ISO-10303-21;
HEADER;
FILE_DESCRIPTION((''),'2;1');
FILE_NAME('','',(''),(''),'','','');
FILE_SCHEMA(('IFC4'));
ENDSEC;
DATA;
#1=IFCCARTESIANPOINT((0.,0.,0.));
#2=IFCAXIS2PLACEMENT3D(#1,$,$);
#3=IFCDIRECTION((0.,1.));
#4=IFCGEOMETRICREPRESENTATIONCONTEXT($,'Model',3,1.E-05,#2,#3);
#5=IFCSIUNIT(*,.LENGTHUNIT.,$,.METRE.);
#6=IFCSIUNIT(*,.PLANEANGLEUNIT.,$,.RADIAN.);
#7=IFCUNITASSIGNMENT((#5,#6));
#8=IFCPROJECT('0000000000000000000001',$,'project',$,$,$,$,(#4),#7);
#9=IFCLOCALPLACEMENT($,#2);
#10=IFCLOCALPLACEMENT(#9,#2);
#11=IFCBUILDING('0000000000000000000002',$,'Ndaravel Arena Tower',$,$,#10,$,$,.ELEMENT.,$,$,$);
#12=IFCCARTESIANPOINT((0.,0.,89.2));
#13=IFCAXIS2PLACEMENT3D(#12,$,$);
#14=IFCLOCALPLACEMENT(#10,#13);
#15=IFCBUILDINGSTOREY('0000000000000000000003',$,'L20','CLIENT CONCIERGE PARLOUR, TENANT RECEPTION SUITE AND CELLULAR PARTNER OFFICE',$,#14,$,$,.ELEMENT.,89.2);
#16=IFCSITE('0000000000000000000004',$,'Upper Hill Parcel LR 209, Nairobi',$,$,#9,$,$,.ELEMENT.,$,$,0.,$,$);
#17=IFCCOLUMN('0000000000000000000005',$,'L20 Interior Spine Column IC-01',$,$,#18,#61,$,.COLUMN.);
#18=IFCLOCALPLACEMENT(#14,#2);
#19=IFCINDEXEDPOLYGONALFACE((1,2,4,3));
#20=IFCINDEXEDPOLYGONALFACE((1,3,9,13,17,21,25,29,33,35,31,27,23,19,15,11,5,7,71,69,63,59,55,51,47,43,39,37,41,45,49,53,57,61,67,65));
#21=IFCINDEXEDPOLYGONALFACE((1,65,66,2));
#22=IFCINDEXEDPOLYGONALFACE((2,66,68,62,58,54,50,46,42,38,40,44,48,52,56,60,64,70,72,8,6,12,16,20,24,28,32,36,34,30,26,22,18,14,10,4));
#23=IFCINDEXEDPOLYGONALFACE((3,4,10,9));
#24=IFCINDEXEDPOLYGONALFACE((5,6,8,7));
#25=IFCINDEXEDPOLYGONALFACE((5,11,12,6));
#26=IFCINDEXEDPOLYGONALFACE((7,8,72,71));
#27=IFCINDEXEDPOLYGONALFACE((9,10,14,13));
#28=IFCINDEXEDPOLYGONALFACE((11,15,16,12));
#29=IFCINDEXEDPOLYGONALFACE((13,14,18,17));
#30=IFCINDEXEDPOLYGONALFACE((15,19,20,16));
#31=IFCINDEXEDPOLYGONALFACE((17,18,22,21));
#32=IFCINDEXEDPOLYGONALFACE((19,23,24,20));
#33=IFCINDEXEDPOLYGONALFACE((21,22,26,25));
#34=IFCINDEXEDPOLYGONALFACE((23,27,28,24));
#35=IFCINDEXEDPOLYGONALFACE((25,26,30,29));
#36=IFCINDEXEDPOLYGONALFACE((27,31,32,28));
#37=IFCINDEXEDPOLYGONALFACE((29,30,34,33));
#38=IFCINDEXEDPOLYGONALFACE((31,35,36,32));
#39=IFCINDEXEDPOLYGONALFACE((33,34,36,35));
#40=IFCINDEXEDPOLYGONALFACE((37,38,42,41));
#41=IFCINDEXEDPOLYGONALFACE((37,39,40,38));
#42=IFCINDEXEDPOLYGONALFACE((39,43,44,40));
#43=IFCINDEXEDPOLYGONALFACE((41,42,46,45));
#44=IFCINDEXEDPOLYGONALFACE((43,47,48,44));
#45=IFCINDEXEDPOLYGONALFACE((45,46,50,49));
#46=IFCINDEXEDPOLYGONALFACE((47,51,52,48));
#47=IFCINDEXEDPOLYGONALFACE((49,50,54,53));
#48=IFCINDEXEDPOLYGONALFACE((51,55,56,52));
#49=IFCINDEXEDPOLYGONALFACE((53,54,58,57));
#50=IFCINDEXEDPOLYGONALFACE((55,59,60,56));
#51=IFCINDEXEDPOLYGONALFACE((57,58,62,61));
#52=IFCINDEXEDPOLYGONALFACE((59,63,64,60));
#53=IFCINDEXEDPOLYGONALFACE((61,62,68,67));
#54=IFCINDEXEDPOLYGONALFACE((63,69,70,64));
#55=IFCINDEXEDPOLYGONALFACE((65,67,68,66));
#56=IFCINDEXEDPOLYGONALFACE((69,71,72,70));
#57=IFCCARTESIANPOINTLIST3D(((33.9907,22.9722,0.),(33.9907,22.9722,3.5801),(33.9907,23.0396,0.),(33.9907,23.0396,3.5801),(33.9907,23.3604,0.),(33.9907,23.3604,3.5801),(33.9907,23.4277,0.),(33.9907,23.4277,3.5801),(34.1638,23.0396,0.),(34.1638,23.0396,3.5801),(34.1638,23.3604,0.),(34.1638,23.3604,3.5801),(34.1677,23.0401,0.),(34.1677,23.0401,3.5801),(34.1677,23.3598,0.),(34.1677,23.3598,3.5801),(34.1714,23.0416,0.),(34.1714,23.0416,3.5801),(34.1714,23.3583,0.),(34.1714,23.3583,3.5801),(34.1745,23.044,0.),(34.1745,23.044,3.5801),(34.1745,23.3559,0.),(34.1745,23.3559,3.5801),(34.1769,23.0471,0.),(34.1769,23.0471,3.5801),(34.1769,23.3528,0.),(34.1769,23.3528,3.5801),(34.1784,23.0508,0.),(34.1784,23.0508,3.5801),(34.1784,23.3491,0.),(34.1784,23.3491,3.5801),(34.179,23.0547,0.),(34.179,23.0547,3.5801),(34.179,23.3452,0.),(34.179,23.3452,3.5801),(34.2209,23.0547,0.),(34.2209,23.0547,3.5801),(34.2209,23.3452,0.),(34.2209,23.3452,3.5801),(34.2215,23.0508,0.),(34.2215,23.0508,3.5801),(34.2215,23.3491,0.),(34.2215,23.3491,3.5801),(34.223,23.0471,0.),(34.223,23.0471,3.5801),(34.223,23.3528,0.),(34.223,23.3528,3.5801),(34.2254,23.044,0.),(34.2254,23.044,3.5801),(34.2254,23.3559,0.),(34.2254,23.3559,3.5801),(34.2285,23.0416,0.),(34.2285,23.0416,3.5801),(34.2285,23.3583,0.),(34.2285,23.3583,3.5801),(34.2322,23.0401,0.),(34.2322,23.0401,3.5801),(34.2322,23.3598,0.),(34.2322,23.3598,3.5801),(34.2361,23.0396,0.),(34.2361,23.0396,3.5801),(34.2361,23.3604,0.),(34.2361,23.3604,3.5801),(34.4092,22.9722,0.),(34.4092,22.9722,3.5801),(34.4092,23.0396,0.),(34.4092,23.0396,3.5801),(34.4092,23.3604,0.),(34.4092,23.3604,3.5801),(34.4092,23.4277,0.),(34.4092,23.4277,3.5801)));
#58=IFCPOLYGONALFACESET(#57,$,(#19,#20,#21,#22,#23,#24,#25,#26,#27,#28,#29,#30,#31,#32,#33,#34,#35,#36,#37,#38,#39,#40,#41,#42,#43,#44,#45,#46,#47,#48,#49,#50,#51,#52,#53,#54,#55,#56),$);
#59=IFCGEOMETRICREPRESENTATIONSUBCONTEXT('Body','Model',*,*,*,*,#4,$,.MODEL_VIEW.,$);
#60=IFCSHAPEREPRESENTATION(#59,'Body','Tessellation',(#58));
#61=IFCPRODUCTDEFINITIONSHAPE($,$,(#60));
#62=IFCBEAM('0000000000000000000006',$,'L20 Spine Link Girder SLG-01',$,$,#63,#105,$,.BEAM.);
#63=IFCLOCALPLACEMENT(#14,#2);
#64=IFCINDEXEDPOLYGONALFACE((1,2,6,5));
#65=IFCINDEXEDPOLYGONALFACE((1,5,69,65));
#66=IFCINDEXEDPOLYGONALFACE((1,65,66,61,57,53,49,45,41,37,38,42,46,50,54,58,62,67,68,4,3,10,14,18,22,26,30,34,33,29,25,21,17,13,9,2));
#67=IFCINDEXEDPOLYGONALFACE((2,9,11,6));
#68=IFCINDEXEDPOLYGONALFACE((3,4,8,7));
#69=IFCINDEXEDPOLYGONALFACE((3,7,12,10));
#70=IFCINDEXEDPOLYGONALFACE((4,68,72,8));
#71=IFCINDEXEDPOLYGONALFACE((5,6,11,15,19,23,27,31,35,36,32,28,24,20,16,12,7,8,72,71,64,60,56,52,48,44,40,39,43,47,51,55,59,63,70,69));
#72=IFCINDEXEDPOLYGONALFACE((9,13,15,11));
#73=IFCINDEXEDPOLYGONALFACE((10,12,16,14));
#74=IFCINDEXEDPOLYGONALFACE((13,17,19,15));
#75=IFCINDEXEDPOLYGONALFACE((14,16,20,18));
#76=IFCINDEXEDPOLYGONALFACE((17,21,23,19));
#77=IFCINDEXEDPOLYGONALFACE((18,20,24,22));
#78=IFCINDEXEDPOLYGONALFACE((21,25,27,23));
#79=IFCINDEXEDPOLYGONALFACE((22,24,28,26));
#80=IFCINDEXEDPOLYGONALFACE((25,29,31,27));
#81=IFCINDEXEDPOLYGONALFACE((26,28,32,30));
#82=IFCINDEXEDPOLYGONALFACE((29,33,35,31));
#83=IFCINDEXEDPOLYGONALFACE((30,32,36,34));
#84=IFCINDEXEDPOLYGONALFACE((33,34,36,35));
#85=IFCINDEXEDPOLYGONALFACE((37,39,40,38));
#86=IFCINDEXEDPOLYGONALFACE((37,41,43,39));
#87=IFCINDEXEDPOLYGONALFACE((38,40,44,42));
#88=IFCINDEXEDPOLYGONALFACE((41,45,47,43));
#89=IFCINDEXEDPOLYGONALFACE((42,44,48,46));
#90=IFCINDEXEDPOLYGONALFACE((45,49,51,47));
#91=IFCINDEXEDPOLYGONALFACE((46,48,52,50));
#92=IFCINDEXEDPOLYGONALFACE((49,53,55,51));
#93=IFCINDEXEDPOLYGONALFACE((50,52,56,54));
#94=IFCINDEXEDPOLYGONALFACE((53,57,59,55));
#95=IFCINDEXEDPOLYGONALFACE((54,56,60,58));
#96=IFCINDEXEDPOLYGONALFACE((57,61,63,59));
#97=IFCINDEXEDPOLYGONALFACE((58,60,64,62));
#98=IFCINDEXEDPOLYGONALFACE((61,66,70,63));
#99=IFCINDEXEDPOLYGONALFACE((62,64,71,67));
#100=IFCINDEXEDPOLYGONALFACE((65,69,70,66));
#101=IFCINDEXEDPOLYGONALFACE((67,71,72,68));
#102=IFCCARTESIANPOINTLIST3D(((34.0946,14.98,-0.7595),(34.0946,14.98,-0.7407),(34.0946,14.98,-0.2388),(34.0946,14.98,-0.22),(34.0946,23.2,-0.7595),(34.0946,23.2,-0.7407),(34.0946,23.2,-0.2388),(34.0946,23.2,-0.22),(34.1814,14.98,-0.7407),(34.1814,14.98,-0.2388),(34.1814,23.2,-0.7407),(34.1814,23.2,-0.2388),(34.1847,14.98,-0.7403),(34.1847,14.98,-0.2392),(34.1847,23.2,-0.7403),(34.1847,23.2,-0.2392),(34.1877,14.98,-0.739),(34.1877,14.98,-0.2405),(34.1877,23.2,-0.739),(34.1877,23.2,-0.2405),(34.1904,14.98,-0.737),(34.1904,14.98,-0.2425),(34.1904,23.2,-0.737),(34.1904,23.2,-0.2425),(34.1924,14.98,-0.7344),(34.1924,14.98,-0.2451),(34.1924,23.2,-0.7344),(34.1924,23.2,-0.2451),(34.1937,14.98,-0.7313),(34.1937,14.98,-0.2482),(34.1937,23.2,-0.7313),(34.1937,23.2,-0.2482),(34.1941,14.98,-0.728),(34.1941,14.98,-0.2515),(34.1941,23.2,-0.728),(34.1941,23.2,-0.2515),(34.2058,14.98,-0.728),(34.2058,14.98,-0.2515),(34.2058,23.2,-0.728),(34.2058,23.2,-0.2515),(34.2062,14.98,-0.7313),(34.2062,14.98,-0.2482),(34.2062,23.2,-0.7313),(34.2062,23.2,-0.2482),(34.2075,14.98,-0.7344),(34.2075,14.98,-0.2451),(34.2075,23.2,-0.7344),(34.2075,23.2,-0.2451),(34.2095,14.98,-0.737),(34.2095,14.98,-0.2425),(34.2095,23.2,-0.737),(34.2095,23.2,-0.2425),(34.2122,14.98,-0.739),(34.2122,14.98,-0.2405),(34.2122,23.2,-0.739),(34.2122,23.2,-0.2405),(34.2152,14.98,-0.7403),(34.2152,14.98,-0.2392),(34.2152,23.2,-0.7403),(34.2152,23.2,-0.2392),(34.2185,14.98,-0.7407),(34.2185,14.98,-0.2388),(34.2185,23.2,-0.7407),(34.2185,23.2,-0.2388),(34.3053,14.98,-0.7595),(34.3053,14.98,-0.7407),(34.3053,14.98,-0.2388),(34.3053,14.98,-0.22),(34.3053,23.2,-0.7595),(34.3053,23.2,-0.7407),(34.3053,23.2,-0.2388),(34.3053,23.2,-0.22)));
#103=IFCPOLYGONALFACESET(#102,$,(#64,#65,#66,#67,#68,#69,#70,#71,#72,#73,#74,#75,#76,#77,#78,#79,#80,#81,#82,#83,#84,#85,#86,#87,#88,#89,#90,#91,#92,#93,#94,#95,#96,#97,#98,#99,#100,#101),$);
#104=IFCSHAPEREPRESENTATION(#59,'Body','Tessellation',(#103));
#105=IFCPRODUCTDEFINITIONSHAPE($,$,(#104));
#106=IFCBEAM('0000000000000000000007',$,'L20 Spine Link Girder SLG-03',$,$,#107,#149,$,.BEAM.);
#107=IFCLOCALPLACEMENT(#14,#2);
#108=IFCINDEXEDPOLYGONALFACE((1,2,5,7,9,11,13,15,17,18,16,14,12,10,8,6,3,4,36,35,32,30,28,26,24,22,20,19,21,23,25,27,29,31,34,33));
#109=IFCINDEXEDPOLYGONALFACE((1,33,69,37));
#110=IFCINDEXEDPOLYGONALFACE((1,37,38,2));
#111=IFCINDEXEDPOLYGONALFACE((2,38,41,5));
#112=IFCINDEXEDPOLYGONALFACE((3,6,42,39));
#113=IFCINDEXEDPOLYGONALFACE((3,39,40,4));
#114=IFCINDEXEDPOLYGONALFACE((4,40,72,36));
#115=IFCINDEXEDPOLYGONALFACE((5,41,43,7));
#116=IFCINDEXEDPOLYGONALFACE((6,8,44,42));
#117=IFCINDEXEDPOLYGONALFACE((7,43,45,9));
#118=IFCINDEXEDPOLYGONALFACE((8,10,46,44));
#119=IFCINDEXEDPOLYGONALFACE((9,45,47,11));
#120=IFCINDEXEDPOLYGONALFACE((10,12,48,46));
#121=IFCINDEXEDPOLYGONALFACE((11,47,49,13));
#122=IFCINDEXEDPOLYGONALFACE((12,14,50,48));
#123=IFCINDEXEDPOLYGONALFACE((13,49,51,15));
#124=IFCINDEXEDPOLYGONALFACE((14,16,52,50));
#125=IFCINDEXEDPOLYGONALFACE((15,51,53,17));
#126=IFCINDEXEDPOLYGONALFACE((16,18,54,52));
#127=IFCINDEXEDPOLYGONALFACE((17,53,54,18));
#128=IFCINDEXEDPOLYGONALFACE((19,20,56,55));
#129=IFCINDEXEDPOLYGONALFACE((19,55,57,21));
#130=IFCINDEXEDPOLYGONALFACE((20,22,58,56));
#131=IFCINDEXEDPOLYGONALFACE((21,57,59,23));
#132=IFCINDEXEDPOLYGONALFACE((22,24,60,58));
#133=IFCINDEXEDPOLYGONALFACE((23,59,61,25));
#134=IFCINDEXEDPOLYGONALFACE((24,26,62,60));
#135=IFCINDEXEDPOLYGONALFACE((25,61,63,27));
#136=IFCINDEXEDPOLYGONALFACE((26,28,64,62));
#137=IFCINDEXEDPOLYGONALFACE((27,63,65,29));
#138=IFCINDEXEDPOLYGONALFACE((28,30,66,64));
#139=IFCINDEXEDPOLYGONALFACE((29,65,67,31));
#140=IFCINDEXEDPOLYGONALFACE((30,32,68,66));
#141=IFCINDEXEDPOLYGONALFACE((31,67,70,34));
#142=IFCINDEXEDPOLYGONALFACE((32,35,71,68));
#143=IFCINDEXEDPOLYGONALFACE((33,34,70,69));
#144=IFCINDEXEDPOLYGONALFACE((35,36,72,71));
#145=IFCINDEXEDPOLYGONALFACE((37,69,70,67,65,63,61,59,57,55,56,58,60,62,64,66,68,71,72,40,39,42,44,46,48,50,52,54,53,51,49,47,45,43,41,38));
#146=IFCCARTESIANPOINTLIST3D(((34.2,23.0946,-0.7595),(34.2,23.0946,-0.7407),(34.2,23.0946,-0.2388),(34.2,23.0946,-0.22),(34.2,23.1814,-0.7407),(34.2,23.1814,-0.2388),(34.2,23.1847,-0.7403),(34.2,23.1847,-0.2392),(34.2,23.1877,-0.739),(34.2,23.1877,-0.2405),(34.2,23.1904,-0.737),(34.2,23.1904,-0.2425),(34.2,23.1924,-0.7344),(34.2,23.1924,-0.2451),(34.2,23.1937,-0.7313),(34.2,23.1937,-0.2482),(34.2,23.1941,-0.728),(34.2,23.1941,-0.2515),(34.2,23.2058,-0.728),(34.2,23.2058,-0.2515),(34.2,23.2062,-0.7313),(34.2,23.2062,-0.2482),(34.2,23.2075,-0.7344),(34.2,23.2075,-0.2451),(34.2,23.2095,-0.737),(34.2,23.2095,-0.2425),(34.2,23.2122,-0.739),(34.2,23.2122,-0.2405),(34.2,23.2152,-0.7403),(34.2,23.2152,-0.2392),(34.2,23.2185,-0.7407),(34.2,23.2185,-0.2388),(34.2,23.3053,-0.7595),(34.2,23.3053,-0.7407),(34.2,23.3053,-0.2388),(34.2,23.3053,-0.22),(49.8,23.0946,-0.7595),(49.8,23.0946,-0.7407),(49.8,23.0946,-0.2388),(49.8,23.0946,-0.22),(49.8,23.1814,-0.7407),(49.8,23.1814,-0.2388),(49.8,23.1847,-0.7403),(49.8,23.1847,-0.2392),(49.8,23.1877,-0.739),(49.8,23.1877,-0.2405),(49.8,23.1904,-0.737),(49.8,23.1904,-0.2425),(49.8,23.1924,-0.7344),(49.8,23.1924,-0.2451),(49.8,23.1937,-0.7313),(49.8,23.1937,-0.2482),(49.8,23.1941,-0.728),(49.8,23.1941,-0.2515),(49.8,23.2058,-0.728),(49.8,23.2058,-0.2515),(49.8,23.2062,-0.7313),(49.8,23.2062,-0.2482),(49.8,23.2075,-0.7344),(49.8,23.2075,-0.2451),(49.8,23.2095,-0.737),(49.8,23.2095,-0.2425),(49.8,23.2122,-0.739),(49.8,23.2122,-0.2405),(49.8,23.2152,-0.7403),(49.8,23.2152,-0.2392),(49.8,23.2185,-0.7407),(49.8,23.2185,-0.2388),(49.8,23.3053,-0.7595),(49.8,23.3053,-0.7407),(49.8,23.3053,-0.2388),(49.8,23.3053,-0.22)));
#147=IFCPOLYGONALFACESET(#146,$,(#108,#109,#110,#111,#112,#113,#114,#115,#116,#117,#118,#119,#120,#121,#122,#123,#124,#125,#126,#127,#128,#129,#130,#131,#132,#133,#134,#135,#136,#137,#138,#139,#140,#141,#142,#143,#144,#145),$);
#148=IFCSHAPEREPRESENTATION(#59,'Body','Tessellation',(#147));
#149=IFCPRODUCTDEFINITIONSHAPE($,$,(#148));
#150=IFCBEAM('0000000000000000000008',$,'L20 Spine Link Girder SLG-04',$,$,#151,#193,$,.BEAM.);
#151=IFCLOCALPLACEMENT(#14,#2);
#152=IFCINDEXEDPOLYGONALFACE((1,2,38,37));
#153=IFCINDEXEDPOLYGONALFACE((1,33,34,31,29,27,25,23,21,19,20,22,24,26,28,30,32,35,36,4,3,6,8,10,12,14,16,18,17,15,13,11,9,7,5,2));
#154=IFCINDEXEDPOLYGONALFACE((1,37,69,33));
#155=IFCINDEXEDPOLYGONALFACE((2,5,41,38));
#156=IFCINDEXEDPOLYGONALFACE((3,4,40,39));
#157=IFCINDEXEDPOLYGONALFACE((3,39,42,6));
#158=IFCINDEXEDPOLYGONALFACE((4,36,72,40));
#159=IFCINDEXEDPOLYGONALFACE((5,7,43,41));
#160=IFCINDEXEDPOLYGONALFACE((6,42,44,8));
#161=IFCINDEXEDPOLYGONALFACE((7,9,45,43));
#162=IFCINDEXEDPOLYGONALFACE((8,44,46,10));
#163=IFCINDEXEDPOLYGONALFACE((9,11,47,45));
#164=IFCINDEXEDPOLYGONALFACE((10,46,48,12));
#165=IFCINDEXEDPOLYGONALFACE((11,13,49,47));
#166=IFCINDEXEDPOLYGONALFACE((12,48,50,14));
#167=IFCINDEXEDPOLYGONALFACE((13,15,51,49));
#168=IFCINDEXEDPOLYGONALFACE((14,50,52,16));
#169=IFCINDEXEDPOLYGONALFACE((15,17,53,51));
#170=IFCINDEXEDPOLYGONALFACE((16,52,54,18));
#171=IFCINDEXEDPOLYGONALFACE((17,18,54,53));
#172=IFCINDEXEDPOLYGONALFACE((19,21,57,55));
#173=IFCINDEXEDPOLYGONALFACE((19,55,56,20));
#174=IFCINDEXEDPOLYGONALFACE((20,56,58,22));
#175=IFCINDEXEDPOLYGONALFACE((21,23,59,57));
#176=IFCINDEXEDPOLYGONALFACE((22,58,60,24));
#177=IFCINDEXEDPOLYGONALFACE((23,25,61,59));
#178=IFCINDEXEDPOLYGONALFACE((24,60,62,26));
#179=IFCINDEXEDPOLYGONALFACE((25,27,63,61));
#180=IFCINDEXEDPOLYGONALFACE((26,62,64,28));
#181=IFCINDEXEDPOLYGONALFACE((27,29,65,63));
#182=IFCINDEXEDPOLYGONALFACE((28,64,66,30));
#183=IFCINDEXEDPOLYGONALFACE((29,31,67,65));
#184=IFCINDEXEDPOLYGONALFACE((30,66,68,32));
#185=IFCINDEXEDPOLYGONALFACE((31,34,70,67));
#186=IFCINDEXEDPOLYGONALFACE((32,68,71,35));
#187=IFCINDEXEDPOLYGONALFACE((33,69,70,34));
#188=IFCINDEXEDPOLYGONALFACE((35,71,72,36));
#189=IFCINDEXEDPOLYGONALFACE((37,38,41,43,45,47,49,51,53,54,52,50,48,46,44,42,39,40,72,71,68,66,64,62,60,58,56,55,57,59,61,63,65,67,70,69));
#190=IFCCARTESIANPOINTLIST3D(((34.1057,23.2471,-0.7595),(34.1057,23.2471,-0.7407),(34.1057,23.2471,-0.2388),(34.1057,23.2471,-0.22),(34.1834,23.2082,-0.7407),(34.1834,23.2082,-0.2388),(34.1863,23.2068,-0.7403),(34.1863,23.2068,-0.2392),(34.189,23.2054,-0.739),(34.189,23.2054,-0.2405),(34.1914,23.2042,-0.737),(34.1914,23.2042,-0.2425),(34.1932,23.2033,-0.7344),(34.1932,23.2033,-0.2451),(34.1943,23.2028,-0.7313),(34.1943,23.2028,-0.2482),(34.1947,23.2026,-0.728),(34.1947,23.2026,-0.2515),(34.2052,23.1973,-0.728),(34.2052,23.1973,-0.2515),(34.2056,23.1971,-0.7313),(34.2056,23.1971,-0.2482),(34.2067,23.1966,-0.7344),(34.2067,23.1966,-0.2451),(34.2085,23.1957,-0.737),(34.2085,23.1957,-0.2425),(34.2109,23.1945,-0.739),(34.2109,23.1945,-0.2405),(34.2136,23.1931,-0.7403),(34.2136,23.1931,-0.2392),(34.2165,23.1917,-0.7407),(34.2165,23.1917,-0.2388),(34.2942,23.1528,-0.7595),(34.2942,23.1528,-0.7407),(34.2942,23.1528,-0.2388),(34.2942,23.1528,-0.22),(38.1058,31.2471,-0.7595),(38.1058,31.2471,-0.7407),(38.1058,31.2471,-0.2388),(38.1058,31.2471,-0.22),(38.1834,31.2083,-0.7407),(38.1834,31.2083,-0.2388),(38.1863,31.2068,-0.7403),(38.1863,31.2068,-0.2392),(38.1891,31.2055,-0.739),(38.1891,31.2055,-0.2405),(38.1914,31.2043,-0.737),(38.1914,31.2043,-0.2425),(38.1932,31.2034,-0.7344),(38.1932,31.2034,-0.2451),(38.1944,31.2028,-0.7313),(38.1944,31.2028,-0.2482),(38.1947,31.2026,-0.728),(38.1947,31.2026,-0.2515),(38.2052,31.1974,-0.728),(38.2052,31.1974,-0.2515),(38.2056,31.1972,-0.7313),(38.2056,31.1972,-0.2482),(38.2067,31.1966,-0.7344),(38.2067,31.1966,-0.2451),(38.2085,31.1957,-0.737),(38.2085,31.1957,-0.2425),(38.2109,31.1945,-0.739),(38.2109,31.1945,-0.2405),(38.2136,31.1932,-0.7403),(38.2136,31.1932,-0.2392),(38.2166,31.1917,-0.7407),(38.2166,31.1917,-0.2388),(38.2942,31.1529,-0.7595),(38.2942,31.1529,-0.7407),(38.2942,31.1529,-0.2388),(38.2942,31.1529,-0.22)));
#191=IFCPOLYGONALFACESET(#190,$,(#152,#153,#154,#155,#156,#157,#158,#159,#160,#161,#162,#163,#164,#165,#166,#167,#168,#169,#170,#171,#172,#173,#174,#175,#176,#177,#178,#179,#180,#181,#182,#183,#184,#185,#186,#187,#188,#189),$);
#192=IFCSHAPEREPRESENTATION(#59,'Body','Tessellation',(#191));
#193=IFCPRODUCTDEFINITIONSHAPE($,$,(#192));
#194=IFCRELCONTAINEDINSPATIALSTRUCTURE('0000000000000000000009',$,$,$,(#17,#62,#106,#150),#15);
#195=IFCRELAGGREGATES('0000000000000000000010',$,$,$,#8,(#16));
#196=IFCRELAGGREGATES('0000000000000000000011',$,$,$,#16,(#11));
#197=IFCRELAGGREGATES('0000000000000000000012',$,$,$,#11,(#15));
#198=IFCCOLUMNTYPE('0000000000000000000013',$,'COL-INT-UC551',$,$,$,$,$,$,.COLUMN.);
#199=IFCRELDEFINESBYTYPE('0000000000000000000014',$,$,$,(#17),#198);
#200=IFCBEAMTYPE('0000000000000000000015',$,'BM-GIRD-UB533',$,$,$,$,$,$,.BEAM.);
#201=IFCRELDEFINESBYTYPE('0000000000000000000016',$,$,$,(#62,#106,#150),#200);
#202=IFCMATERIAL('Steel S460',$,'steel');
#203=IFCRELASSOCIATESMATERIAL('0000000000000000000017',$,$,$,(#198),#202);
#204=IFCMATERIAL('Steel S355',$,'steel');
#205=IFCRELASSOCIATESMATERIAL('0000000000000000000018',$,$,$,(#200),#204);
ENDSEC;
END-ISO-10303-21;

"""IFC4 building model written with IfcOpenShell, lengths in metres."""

from ifc_helpers import new_model, si_unit, direction, frame, origin, origin_2d, place, context, subcontext, project, spatial, i_section, extrude, material, material_profile, profile_set, type_object, element, save


model = new_model("IFC4")

# Units and contexts
model_context = context("Model", 3, precision=1e-05, world=origin(), true_north=direction((0.0, 1.0)))
body_context = subcontext(model_context, "Body", "Model", "MODEL_VIEW")
ifc_project = project(units=[si_unit("LENGTHUNIT", "METRE"), si_unit("PLANEANGLEUNIT", "RADIAN")], contexts=[model_context])

# Site, building, storey
site_placement = place(None, origin())
site = spatial("IfcSite", under=ifc_project, at=site_placement, Name="Upper Hill Parcel LR 209, Nairobi", CompositionType="ELEMENT", RefElevation=0.0)
building_placement = place(site_placement, origin())
building = spatial("IfcBuilding", under=site, at=building_placement, Name="Ndaravel Arena Tower", CompositionType="ELEMENT")
storey_placement = place(building_placement, frame((0.0, 0.0, 89.2)))
storey = spatial("IfcBuildingStorey", under=building, at=storey_placement, Name="L20", Description="CLIENT CONCIERGE PARLOUR, TENANT RECEPTION SUITE AND CELLULAR PARTNER OFFICE", CompositionType="ELEMENT", Elevation=89.2)

# Column
ifc_material_1 = material(Name="Steel S460", Category="steel")
ifc_material_profile_1 = material_profile(ifc_material_1, i_section(OverallWidth=0.4185, OverallDepth=0.4556, WebThickness=0.042, FlangeThickness=0.0674, FilletRadius=0.0151, at=origin_2d()), Name="UC 356x406x551")
ifc_profile_set_1 = profile_set([ifc_material_profile_1], Name="Steel S460")
column_type = type_object("IfcColumnType", Name="COL-INT-UC551", PredefinedType="COLUMN", material=ifc_profile_set_1)
column_placement = place(storey_placement, frame((34.2, 23.2, 0.0), z_axis=(0.0, 0.0, 1.0), x_axis=(1.0, 0.0, 0.0)))
element("IfcColumn", 1, at=column_placement, inside=storey, type_object=column_type, Name="L20 Interior Spine Column IC-01", PredefinedType="COLUMN", context=body_context, shape_type="SweptSolid", body=[
    extrude(i_section(OverallWidth=0.4185, OverallDepth=0.4556, WebThickness=0.042, FlangeThickness=0.0674, FilletRadius=0.0151, at=origin_2d()), origin(), (0.0, 0.0, 1.0), 3.5801),
])

# Beams
ifc_material_2 = material(Name="Steel S355", Category="steel")
ifc_material_profile_2 = material_profile(ifc_material_2, i_section(OverallWidth=0.2107, OverallDepth=0.5396, WebThickness=0.0117, FlangeThickness=0.0188, FilletRadius=0.0127, at=origin_2d()), Name="UB 533x210x109")
ifc_profile_set_2 = profile_set([ifc_material_profile_2], Name="Steel S355")
beam_type = type_object("IfcBeamType", Name="BM-GIRD-UB533", PredefinedType="BEAM", material=ifc_profile_set_2)
beam_1_placement = place(storey_placement, frame((34.2, 14.98, -0.4897), z_axis=(0.0, 1.0, 0.0), x_axis=(-1.0, 0.0, 0.0)))
element("IfcBeam", 2, at=beam_1_placement, inside=storey, type_object=beam_type, Name="L20 Spine Link Girder SLG-01", PredefinedType="BEAM", context=body_context, shape_type="SweptSolid", body=[
    extrude(i_section(OverallWidth=0.2107, OverallDepth=0.5396, WebThickness=0.0117, FlangeThickness=0.0188, FilletRadius=0.0127, at=origin_2d()), origin(), (0.0, 0.0, 1.0), 8.22),
])
beam_2_placement = place(storey_placement, frame((34.2, 23.2, -0.4897), z_axis=(1.0, 0.0, 0.0), x_axis=(0.0, 1.0, 0.0)))
element("IfcBeam", 3, at=beam_2_placement, inside=storey, type_object=beam_type, Name="L20 Spine Link Girder SLG-03", PredefinedType="BEAM", context=body_context, shape_type="SweptSolid", body=[
    extrude(i_section(OverallWidth=0.2107, OverallDepth=0.5396, WebThickness=0.0117, FlangeThickness=0.0188, FilletRadius=0.0127, at=origin_2d()), origin(), (0.0, 0.0, 1.0), 15.6001),
])
beam_3_placement = place(storey_placement, frame((34.2, 23.2, -0.4897), z_axis=(0.447214, 0.894427, 0.0), x_axis=(-0.894427, 0.447214, 0.0)))
element("IfcBeam", 4, at=beam_3_placement, inside=storey, type_object=beam_type, Name="L20 Spine Link Girder SLG-04", PredefinedType="BEAM", context=body_context, shape_type="SweptSolid", body=[
    extrude(i_section(OverallWidth=0.2107, OverallDepth=0.5396, WebThickness=0.0117, FlangeThickness=0.0188, FilletRadius=0.0127, at=origin_2d()), origin(), (0.0, 0.0, 1.0), 8.9443),
])

save(model, "model.ifc")
